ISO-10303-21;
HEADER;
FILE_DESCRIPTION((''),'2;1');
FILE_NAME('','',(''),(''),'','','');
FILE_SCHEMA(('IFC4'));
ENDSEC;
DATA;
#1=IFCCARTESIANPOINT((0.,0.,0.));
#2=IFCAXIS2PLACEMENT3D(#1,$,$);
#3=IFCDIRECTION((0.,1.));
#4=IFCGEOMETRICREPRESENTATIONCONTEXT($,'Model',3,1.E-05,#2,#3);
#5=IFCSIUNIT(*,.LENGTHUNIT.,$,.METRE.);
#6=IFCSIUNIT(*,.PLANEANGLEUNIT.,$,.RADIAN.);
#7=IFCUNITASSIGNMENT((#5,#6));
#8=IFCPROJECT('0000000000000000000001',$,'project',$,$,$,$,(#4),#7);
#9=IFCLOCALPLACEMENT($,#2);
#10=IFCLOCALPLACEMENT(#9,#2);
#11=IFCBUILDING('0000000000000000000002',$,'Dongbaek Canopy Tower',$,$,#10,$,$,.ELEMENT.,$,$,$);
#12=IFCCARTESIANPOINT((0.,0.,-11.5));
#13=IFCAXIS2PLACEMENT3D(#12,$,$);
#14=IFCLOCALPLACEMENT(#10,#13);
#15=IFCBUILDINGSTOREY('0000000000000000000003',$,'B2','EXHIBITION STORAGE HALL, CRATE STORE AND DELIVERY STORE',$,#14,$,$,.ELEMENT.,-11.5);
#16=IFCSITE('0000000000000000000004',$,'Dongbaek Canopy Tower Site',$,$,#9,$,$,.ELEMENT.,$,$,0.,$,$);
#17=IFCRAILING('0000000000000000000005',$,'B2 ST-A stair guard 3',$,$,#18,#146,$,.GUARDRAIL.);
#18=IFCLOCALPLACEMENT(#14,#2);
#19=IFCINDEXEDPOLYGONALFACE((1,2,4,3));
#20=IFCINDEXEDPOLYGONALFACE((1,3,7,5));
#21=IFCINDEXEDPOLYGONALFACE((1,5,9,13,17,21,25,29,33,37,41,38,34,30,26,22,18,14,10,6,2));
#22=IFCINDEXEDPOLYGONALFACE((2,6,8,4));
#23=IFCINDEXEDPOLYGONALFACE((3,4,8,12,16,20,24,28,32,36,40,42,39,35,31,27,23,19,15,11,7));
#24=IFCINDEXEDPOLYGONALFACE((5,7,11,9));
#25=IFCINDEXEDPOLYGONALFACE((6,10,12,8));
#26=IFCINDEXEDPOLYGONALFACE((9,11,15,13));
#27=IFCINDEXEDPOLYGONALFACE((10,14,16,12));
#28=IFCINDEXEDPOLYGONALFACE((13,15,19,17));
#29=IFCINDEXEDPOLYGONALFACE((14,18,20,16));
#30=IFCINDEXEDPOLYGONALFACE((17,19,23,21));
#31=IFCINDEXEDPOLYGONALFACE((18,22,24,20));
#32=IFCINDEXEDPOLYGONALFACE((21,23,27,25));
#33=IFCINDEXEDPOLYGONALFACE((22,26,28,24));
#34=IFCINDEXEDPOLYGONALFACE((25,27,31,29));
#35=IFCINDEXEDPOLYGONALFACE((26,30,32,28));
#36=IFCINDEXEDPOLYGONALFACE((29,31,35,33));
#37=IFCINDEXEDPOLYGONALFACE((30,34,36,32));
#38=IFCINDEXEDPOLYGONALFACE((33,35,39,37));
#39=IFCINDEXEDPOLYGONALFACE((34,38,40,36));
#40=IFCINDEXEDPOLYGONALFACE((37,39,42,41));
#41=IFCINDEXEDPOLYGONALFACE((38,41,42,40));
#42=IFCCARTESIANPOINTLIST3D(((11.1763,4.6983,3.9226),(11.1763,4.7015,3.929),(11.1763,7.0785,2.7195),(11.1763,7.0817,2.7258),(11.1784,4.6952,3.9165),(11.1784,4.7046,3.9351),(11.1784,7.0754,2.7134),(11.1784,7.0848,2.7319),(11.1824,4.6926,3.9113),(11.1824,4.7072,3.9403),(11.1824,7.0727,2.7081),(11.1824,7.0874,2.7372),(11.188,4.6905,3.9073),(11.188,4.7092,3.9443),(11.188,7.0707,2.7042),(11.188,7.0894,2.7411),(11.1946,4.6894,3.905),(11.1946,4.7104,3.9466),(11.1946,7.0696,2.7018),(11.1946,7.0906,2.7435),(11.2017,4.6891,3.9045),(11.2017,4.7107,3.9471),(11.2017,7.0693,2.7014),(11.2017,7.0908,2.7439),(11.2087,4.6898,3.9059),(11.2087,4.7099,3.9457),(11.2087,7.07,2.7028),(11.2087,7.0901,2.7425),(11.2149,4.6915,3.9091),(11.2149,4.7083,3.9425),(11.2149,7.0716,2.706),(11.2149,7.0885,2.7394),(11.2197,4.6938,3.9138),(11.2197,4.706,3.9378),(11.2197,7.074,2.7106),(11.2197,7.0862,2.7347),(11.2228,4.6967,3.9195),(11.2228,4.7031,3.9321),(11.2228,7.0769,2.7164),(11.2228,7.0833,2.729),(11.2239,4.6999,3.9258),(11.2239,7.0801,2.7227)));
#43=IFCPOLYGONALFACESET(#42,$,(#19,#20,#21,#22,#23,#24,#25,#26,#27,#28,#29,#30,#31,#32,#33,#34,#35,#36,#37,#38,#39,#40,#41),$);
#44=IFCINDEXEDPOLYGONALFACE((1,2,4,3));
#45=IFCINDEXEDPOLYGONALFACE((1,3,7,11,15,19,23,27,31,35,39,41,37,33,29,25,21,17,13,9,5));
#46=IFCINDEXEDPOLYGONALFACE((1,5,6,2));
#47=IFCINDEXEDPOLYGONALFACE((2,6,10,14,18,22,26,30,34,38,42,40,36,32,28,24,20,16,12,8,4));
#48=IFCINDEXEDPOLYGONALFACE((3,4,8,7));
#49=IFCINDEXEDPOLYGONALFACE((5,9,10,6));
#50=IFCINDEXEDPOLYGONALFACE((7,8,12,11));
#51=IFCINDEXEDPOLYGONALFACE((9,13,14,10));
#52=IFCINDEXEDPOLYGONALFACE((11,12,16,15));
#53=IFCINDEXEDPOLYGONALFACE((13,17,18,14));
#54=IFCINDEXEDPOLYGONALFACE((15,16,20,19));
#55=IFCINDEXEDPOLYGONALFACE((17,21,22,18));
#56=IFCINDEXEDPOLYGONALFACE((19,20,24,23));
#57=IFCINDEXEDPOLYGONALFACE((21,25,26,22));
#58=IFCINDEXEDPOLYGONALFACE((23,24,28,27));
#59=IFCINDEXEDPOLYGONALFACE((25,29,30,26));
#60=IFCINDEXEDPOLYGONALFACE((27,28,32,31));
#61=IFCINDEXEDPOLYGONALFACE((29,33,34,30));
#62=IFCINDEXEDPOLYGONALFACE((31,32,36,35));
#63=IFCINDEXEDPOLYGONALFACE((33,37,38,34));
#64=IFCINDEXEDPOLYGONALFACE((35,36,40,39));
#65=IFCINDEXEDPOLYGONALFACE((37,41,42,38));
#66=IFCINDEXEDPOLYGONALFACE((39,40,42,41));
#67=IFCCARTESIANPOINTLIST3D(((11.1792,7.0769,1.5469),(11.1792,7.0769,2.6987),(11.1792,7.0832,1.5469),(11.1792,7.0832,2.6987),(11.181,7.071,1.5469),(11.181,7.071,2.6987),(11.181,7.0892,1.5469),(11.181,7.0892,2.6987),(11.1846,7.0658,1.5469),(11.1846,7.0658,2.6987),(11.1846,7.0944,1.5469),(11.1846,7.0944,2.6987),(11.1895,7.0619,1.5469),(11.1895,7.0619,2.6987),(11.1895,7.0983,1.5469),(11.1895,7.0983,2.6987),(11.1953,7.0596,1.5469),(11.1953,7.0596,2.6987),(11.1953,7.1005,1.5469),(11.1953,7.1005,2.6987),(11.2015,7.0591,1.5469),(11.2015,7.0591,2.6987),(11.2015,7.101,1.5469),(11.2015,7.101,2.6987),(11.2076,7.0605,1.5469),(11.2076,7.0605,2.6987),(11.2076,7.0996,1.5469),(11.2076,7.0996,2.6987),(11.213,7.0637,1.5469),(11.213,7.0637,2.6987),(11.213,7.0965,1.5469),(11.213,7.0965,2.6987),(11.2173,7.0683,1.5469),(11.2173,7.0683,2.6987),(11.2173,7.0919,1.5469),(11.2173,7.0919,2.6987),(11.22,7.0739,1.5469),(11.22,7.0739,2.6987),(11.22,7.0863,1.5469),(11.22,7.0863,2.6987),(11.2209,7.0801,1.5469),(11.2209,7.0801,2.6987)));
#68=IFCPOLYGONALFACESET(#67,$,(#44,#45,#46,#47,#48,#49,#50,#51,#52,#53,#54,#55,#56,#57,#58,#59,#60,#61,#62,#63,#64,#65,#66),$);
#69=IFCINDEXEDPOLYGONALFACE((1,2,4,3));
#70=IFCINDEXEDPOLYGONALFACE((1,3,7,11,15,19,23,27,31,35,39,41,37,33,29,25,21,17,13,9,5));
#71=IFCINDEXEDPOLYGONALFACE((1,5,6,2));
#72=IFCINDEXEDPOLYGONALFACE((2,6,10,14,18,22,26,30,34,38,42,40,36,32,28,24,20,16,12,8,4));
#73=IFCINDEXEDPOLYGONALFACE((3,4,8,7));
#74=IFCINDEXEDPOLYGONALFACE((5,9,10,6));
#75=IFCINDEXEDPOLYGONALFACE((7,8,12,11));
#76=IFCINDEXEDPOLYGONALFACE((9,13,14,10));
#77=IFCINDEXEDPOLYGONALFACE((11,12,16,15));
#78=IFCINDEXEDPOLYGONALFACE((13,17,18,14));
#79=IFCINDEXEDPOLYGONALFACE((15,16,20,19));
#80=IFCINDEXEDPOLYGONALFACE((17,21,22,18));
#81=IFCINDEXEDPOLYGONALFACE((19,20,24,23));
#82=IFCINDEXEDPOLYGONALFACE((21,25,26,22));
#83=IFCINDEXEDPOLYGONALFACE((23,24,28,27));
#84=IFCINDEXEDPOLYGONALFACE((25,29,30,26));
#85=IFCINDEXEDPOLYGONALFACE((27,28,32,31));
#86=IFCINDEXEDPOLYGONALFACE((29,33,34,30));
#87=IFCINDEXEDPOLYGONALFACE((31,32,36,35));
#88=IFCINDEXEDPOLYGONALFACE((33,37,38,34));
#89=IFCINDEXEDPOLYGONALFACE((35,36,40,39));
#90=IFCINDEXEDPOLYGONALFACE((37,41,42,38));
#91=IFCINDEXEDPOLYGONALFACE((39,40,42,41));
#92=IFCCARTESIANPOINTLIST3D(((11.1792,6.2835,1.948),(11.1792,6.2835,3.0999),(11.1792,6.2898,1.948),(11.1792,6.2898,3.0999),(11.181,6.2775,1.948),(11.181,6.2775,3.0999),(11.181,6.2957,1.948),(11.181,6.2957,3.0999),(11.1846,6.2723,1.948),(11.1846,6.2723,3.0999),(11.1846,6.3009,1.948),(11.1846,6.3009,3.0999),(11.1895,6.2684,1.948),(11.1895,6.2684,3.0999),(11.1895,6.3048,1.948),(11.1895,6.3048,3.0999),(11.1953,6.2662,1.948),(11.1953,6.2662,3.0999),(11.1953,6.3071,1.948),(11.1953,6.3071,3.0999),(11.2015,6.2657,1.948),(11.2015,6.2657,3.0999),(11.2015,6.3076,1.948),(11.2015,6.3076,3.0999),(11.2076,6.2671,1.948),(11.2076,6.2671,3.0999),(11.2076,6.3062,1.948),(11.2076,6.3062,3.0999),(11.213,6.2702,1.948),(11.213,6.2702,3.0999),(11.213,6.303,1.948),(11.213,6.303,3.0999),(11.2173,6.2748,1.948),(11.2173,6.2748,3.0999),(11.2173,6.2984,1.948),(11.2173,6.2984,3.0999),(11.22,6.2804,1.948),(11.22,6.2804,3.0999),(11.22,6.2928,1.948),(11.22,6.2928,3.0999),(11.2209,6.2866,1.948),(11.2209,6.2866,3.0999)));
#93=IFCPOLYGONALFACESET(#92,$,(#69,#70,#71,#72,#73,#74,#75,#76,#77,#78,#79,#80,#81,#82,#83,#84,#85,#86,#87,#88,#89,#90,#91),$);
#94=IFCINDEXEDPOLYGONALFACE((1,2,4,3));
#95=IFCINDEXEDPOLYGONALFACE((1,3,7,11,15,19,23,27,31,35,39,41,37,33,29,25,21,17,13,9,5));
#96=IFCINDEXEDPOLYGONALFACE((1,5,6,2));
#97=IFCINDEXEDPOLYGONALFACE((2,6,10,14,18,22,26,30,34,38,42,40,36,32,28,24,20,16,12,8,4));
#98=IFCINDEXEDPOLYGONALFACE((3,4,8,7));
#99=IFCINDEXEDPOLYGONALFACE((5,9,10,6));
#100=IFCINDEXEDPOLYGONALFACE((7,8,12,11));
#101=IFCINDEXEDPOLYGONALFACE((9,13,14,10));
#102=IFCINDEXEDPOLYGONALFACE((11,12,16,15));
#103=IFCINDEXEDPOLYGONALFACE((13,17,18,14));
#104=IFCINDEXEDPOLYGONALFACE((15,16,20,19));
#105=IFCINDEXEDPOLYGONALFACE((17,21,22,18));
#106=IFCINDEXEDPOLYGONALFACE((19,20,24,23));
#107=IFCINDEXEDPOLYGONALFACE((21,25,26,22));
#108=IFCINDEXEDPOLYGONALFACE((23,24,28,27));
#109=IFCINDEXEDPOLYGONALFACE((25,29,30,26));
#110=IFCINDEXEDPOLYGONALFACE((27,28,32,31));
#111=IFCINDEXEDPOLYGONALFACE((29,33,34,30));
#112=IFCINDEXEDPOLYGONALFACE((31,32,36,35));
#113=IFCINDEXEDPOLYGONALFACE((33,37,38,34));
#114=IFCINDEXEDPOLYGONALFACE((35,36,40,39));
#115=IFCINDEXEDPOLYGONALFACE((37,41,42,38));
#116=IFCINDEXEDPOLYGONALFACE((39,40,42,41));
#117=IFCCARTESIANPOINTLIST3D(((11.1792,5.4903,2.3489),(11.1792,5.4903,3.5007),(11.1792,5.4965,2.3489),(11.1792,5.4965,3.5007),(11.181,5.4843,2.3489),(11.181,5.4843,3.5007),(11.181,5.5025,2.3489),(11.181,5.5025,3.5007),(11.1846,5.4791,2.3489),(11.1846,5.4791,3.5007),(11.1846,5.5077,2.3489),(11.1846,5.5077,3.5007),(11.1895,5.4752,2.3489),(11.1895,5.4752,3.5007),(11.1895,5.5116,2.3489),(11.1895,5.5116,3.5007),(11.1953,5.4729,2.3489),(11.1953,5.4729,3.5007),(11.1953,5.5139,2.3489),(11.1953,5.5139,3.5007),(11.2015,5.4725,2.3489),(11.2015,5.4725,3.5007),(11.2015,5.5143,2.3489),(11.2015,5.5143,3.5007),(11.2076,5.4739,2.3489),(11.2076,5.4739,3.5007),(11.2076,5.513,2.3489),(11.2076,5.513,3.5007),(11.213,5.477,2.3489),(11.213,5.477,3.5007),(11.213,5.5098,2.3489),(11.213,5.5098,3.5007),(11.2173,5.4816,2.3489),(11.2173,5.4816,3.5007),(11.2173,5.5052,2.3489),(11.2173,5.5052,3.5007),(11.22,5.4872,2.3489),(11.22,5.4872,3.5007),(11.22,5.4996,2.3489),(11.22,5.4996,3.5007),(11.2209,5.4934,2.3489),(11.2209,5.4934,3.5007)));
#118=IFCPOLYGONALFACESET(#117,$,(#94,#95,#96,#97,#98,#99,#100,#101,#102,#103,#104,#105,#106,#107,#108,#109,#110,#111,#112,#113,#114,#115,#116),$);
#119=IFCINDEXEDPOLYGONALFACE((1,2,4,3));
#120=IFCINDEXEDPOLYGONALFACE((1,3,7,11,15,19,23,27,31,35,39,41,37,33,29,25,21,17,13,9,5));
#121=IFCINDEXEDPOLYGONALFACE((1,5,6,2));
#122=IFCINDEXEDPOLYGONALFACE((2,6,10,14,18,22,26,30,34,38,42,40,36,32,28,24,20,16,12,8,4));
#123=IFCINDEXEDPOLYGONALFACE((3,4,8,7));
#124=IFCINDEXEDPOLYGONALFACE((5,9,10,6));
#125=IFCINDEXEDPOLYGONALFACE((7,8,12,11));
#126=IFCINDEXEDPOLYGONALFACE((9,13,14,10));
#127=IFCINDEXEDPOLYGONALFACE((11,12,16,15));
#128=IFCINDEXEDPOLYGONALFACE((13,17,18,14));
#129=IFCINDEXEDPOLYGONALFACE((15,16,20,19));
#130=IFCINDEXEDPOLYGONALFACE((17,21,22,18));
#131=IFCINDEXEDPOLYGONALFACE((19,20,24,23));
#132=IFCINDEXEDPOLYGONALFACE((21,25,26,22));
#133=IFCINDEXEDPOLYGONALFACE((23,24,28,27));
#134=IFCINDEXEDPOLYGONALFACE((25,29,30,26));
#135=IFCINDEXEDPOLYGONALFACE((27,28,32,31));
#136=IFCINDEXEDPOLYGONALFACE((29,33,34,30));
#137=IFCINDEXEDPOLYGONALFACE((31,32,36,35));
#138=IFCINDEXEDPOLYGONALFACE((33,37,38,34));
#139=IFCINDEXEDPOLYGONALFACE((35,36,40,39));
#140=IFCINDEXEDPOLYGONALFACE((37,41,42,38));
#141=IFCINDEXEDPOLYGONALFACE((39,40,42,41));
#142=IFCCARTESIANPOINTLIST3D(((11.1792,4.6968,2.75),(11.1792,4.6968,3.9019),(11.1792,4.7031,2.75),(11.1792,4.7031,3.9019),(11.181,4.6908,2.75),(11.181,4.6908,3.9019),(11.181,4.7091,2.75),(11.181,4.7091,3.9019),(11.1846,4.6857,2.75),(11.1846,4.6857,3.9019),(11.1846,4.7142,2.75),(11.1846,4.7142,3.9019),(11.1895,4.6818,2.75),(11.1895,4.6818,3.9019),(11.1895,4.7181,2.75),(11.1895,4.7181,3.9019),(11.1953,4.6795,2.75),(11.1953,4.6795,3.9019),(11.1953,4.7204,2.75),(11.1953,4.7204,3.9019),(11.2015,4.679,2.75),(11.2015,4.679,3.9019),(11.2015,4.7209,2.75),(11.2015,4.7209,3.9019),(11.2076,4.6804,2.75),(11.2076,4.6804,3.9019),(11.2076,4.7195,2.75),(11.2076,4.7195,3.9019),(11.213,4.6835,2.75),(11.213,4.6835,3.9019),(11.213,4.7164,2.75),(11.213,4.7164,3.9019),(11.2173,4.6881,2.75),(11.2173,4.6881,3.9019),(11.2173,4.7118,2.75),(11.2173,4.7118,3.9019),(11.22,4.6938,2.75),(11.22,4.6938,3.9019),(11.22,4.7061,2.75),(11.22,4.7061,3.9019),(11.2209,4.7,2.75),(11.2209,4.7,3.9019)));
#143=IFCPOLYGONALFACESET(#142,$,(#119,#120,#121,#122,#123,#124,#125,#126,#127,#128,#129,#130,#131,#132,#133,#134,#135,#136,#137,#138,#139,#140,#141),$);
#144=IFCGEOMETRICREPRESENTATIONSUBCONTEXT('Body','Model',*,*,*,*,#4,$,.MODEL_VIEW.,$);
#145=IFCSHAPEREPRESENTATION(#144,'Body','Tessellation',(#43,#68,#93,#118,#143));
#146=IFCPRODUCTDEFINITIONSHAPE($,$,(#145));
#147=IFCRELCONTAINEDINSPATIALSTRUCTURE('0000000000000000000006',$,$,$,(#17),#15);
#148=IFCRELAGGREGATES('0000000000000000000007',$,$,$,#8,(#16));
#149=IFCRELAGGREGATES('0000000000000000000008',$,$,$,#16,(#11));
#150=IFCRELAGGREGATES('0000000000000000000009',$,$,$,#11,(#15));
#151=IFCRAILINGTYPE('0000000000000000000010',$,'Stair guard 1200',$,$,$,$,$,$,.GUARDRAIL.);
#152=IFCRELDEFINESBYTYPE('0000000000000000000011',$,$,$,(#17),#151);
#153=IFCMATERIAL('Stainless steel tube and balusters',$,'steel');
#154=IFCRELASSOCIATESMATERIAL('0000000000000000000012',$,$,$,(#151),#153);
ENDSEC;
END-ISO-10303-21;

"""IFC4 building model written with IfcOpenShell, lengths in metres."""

from ifc_helpers import new_model, si_unit, direction, frame, origin, origin_2d, place, context, subcontext, project, spatial, circle, extrude, material, type_object, element, save


model = new_model("IFC4")

# Units and contexts
model_context = context("Model", 3, precision=1e-05, world=origin(), true_north=direction((0.0, 1.0)))
body_context = subcontext(model_context, "Body", "Model", "MODEL_VIEW")
ifc_project = project(units=[si_unit("LENGTHUNIT", "METRE"), si_unit("PLANEANGLEUNIT", "RADIAN")], contexts=[model_context])

# Site, building, storey
site_placement = place(None, origin())
site = spatial("IfcSite", under=ifc_project, at=site_placement, Name="Dongbaek Canopy Tower Site", CompositionType="ELEMENT", RefElevation=0.0)
building_placement = place(site_placement, origin())
building = spatial("IfcBuilding", under=site, at=building_placement, Name="Dongbaek Canopy Tower", CompositionType="ELEMENT")
storey_placement = place(building_placement, frame((0.0, 0.0, -11.5)))
storey = spatial("IfcBuildingStorey", under=building, at=storey_placement, Name="B2", Description="EXHIBITION STORAGE HALL, CRATE STORE AND DELIVERY STORE", CompositionType="ELEMENT", Elevation=-11.5)

# Railing
ifc_material_1 = material(Name="Stainless steel tube and balusters", Category="steel")
railing_type_1 = type_object("IfcRailingType", Name="Stair guard 1200", PredefinedType="GUARDRAIL", material=ifc_material_1)
railing_1_placement = place(storey_placement, frame((11.2, 7.0801, 1.5469)))
element("IfcRailing", 1, at=railing_1_placement, inside=storey, type_object=railing_type_1, Name="B2 ST-A stair guard 3", PredefinedType="GUARDRAIL", context=body_context, shape_type="SweptSolid", body=[
    extrude(circle(Radius=0.0239, at=origin_2d()), frame((0.0, 0.0, 1.1758), z_axis=(0.0, -0.89246, 0.451127), x_axis=(1.0, 0.0, 0.0)), (0.0, 0.0, 1.0), 2.667),
    extrude(circle(Radius=0.021, at=origin_2d()), origin(), (0.0, 0.0, 1.0), 1.1519),
    extrude(circle(Radius=0.021, at=origin_2d()), frame((0.0, -0.7935, 0.4011)), (0.0, 0.0, 1.0), 1.1519),
    extrude(circle(Radius=0.021, at=origin_2d()), frame((0.0, -1.5867, 0.802)), (0.0, 0.0, 1.0), 1.1519),
    extrude(circle(Radius=0.021, at=origin_2d()), frame((0.0, -2.3801, 1.2031)), (0.0, 0.0, 1.0), 1.1519),
])

save(model, "model.ifc")
